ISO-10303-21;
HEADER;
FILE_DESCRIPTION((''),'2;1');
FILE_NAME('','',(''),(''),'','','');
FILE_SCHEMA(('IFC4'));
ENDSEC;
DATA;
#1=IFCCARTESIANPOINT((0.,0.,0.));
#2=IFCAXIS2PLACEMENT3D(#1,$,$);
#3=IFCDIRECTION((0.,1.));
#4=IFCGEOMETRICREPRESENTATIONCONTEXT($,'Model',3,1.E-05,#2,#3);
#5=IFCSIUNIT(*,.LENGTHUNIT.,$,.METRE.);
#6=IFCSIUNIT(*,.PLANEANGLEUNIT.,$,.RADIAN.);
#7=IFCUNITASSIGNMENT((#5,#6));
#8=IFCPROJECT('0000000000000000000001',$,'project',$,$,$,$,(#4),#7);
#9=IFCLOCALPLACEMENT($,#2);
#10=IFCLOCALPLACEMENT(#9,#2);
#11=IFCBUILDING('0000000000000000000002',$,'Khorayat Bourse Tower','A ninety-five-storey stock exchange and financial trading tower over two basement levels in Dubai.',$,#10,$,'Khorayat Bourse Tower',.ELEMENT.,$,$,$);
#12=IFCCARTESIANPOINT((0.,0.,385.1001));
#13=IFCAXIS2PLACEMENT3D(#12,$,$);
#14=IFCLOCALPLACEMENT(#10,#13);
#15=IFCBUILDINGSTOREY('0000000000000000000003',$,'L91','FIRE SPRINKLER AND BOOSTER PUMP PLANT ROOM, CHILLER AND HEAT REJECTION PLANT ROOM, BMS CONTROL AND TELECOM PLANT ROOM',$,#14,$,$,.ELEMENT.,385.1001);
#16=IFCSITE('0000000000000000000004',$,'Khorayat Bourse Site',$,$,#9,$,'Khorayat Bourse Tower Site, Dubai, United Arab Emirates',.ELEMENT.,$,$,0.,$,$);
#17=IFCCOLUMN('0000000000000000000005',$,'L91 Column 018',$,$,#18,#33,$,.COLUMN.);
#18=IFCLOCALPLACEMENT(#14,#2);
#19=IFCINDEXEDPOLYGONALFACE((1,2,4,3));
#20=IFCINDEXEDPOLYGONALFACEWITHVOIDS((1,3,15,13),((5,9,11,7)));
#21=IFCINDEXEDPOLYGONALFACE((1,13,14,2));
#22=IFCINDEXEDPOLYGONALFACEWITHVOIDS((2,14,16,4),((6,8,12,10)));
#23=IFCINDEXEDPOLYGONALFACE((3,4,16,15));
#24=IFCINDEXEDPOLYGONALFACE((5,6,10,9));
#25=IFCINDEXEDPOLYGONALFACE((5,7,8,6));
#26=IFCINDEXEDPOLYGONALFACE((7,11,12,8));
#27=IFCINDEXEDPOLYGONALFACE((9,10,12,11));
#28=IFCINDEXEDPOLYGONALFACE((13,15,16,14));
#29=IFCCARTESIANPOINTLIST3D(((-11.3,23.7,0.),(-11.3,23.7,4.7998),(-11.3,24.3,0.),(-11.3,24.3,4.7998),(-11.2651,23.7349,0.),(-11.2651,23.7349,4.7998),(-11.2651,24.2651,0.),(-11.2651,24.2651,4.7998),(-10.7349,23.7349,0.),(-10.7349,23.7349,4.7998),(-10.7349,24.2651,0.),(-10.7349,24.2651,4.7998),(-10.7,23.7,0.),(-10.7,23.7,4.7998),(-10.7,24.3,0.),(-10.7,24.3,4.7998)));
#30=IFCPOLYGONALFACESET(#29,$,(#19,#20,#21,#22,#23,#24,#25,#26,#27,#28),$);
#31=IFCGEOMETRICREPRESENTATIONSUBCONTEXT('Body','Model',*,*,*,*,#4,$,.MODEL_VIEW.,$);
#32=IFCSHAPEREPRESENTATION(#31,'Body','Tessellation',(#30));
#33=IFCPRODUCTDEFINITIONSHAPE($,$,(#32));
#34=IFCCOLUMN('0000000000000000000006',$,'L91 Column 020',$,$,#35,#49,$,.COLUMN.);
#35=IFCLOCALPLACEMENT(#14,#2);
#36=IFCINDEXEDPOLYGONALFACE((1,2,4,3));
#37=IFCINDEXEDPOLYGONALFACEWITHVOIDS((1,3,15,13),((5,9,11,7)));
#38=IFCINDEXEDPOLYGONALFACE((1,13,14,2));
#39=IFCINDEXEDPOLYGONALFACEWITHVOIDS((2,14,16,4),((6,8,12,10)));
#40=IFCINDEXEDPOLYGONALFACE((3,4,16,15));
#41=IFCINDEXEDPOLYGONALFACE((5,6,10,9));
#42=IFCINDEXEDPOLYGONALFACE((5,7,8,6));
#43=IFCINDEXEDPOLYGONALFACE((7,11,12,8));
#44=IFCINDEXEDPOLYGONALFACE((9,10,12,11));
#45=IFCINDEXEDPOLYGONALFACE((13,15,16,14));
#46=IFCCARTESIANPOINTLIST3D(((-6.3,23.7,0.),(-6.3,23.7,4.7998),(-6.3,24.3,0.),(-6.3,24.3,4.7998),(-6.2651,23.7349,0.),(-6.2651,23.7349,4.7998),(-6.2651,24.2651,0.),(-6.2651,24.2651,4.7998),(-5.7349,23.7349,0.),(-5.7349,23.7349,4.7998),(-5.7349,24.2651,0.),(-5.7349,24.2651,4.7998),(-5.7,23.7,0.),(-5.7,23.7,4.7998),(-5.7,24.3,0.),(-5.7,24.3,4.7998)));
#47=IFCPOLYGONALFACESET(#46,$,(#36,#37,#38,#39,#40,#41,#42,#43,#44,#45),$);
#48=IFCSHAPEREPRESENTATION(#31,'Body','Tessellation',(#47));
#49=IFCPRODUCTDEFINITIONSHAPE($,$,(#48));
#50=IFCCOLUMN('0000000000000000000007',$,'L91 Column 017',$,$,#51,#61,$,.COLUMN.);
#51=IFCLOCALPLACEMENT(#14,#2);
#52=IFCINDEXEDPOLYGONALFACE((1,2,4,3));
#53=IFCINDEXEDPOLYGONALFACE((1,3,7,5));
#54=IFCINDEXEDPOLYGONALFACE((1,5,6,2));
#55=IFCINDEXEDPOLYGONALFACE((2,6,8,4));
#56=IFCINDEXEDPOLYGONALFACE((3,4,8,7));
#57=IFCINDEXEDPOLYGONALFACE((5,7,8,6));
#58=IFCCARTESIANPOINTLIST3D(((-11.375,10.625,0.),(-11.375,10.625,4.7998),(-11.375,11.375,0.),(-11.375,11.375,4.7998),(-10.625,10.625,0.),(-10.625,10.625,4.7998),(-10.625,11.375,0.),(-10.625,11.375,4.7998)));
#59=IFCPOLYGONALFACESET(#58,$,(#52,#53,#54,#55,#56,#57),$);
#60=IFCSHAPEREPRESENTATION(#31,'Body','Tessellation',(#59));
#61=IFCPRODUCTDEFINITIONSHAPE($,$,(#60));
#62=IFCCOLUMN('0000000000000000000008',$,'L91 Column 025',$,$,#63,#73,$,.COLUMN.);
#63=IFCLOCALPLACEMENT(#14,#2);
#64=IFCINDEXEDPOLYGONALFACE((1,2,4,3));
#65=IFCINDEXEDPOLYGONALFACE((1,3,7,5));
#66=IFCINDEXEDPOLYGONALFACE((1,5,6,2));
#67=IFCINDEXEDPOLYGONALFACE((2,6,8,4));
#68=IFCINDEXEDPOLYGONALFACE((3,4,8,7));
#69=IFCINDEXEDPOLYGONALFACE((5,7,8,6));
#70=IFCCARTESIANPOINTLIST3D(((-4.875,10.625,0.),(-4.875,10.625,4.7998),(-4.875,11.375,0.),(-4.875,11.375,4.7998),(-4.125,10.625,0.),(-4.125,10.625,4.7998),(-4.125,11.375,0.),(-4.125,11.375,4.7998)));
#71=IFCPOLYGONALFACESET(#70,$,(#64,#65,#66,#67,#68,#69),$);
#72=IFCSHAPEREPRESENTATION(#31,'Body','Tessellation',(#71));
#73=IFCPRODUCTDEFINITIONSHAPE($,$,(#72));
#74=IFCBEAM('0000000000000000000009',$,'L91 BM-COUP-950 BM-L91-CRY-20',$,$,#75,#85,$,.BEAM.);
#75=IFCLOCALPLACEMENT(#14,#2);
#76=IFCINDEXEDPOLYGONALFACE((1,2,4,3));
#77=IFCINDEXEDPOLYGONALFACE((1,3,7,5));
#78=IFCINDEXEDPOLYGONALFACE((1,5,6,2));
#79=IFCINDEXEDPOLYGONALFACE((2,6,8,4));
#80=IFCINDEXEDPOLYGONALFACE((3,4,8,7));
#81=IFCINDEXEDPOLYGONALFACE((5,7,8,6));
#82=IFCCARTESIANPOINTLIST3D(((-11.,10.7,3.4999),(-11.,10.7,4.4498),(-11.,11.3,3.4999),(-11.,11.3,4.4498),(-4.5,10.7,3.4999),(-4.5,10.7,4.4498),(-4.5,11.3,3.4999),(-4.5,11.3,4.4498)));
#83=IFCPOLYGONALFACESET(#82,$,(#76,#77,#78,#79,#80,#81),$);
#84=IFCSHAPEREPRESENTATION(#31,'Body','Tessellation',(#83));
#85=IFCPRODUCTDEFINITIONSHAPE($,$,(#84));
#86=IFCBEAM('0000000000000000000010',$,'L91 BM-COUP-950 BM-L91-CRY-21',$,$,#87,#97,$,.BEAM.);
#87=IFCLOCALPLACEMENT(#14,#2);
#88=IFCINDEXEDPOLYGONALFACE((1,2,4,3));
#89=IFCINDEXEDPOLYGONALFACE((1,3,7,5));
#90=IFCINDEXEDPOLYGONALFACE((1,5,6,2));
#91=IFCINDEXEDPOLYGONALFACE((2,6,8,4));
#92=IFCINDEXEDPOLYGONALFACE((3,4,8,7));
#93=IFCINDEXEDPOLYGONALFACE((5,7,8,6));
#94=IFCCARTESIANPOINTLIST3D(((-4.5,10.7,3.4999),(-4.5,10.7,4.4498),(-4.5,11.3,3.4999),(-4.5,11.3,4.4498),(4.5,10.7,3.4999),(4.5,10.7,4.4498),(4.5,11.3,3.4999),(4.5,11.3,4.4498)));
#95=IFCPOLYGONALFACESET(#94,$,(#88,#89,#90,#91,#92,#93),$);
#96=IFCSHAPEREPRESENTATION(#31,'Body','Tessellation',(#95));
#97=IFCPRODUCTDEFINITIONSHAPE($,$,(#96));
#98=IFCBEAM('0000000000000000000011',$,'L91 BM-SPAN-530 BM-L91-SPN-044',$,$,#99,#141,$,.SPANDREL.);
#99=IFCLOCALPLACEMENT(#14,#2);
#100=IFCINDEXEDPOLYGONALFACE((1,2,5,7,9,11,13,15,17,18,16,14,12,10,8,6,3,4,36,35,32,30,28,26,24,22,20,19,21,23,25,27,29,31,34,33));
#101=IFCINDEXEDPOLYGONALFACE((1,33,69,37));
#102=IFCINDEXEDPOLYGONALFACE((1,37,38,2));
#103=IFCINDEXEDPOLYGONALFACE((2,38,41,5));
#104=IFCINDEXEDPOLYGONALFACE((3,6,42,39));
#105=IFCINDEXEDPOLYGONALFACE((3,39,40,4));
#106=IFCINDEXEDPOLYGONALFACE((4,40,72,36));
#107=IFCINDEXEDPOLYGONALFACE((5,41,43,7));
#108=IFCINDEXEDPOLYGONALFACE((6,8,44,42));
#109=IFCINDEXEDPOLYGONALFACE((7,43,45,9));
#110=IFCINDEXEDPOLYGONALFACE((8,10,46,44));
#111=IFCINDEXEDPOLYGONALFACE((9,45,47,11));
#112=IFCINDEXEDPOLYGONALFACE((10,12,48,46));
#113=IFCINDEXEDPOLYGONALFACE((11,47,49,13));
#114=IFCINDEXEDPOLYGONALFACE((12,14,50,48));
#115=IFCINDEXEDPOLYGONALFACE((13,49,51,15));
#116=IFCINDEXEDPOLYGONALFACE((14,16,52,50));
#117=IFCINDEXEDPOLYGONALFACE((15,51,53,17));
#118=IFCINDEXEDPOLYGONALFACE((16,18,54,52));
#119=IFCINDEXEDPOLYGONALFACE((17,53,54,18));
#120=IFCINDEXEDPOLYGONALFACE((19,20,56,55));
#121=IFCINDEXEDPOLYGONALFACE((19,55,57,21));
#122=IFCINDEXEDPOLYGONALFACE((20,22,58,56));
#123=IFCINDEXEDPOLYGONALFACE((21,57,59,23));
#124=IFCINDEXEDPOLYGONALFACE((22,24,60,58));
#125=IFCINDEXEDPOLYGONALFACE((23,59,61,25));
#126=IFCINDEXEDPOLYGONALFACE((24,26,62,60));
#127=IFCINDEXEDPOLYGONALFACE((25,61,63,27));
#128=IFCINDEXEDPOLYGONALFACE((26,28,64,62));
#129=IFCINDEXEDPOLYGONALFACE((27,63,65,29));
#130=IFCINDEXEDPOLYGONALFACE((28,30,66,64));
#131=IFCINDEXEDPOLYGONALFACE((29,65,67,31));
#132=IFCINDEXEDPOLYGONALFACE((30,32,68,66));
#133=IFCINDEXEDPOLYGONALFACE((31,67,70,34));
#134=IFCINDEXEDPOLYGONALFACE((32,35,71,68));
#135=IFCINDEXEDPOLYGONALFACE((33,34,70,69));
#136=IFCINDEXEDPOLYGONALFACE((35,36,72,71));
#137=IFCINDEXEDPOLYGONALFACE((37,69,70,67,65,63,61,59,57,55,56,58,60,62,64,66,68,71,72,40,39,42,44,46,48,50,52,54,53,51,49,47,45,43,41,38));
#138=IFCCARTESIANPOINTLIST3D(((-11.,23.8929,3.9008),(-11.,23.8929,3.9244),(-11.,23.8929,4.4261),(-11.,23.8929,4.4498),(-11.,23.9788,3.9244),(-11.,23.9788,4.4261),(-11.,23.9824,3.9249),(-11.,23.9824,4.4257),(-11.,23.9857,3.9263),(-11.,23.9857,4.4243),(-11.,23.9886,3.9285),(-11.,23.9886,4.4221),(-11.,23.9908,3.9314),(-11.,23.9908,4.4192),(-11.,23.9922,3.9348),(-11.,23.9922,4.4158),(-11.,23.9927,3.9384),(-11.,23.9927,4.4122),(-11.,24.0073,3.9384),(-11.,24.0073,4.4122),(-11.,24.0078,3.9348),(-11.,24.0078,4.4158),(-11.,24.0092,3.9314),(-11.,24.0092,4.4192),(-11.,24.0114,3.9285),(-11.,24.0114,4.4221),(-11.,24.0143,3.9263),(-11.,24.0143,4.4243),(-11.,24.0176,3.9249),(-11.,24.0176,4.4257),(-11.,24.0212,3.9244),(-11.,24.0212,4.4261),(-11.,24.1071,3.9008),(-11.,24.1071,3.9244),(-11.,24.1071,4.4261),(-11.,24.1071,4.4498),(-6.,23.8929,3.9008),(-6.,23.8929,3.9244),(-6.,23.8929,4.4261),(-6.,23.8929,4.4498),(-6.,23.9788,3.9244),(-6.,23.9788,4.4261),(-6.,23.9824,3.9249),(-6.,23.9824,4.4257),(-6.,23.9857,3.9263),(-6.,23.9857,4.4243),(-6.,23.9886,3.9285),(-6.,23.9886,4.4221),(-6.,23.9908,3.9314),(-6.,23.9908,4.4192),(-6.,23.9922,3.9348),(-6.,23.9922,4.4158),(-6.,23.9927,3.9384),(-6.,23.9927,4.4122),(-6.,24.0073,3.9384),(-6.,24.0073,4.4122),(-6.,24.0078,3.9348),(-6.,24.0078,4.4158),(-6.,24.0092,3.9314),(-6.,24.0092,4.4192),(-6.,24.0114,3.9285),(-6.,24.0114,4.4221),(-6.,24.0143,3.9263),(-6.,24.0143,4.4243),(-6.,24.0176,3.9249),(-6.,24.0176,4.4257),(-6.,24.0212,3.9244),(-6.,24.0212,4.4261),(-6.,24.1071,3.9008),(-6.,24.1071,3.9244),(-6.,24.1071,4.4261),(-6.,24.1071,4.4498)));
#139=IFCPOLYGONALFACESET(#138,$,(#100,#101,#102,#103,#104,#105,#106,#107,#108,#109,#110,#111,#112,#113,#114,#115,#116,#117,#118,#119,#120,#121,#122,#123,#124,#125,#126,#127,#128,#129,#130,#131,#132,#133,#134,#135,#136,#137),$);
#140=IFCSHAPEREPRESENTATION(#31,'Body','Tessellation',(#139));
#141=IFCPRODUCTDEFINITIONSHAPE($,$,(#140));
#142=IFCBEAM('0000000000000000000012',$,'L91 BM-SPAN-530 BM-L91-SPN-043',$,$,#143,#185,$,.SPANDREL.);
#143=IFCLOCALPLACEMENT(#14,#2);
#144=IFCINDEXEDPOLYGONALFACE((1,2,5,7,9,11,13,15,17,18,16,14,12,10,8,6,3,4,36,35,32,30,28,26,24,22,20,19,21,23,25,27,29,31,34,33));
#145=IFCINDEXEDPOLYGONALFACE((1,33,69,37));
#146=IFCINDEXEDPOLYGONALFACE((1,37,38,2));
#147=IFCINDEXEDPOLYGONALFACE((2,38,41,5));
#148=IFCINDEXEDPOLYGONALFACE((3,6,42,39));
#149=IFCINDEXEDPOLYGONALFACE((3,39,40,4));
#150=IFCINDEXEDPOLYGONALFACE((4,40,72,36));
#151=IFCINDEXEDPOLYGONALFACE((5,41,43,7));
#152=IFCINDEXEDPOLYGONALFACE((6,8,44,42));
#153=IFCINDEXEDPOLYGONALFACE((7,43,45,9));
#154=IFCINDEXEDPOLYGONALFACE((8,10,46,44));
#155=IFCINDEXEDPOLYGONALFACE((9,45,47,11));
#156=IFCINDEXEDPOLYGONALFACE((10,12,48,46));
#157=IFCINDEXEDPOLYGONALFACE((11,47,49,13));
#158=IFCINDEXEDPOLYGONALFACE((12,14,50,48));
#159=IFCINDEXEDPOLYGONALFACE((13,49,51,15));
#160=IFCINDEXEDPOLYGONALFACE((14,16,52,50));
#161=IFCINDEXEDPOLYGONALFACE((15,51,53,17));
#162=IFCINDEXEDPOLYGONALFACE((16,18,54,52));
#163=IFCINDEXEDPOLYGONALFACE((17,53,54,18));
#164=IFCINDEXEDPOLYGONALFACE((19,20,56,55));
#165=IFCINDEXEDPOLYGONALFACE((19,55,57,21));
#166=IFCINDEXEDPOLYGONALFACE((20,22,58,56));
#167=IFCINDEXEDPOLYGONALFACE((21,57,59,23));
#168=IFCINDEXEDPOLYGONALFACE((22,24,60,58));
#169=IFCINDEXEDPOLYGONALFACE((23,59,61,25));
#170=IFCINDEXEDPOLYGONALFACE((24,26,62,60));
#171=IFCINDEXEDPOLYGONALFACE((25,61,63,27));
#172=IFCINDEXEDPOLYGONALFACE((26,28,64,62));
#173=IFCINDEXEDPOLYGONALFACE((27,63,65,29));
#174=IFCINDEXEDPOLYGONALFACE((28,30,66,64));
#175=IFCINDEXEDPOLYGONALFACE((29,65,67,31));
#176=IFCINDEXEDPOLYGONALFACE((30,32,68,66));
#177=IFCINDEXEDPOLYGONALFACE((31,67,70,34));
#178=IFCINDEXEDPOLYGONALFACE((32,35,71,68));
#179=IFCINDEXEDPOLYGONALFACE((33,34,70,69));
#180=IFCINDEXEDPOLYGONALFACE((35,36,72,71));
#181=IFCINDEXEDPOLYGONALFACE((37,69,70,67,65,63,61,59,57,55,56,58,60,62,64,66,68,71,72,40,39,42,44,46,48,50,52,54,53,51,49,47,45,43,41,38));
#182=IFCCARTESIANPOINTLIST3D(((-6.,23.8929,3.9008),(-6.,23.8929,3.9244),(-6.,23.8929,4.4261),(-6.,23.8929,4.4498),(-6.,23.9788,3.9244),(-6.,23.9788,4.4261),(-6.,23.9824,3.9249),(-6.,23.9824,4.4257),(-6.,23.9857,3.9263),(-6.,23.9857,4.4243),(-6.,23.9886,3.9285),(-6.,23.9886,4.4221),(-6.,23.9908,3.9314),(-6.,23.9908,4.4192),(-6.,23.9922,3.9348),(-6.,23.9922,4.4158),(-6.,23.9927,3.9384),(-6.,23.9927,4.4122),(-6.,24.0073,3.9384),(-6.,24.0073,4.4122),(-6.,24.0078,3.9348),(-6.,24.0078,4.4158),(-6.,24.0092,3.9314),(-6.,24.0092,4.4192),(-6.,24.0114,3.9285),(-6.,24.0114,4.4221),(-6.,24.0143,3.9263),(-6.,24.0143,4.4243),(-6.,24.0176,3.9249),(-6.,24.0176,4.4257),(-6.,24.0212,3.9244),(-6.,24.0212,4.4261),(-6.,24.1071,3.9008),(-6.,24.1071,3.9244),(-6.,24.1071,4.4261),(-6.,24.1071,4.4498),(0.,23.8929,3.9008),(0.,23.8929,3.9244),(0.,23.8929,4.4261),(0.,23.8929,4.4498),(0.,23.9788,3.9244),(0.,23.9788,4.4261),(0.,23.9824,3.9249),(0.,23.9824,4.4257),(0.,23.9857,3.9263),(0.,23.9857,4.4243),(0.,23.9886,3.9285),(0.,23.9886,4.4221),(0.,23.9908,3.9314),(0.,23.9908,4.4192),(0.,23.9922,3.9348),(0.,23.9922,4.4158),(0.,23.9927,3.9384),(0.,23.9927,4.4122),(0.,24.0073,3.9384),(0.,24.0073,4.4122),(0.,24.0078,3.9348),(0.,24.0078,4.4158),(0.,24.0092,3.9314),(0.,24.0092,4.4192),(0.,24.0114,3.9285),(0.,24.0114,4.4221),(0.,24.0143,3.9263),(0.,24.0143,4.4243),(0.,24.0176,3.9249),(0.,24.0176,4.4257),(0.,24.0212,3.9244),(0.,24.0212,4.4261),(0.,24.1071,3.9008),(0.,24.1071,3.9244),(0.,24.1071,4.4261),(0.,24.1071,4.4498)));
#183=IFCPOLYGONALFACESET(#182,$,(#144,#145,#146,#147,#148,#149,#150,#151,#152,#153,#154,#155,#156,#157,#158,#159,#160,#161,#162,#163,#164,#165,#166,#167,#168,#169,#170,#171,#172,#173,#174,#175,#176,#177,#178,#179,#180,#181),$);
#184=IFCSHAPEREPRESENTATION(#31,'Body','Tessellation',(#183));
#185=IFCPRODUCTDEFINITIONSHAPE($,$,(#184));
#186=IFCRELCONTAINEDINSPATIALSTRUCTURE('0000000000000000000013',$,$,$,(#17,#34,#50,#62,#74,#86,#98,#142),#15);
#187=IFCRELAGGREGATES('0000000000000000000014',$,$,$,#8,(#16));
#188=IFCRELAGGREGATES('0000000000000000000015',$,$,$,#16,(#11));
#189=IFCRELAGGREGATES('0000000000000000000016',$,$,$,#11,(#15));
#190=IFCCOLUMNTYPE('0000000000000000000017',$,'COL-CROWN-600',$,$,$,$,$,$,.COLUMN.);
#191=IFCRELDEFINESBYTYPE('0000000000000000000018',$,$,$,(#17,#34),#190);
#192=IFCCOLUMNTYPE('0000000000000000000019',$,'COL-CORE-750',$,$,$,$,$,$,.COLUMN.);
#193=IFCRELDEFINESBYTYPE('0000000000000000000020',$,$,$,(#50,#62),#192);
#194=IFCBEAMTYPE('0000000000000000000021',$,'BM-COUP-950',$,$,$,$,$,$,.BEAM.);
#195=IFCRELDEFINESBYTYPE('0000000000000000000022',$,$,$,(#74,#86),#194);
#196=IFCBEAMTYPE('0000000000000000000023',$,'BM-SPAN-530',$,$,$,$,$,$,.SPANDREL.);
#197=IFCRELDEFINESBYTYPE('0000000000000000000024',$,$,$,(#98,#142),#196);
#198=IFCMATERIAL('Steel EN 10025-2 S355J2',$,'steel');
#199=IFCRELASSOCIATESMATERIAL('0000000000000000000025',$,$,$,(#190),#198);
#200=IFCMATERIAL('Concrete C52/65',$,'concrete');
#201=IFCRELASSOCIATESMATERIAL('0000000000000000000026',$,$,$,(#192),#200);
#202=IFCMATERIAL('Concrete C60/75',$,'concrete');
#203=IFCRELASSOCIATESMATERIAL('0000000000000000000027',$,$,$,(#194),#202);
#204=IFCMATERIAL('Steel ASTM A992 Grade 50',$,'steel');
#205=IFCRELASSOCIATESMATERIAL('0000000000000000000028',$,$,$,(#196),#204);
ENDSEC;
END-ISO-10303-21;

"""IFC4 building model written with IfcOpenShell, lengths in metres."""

from ifc_helpers import new_model, si_unit, direction, frame, origin, origin_2d, place, context, subcontext, project, spatial, rectangle, hollow_rectangle, i_section, extrude, source, transform, mapped, material, material_profile, profile_set, type_object, element, save


model = new_model("IFC4")

# Units and contexts
model_context = context("Model", 3, precision=1e-05, world=origin(), true_north=direction((0.0, 1.0)))
body_context = subcontext(model_context, "Body", "Model", "MODEL_VIEW")
ifc_project = project(units=[si_unit("LENGTHUNIT", "METRE"), si_unit("PLANEANGLEUNIT", "RADIAN")], contexts=[model_context])

# Site, building, storey
site_placement = place(None, origin())
site = spatial("IfcSite", under=ifc_project, at=site_placement, Name="Khorayat Bourse Site", LongName="Khorayat Bourse Tower Site, Dubai, United Arab Emirates", CompositionType="ELEMENT", RefElevation=0.0)
building_placement = place(site_placement, origin())
building = spatial("IfcBuilding", under=site, at=building_placement, Name="Khorayat Bourse Tower", Description="A ninety-five-storey stock exchange and financial trading tower over two basement levels in Dubai.", LongName="Khorayat Bourse Tower", CompositionType="ELEMENT")
storey_placement = place(building_placement, frame((0.0, 0.0, 385.1001)))
storey = spatial("IfcBuildingStorey", under=building, at=storey_placement, Name="L91", Description="FIRE SPRINKLER AND BOOSTER PUMP PLANT ROOM, CHILLER AND HEAT REJECTION PLANT ROOM, BMS CONTROL AND TELECOM PLANT ROOM", CompositionType="ELEMENT", Elevation=385.1001)

# Columns
ifc_material_1 = material(Name="Steel EN 10025-2 S355J2", Category="steel")
ifc_material_profile_1 = material_profile(ifc_material_1, hollow_rectangle(XDim=0.6001, YDim=0.6001, WallThickness=0.0349, at=origin_2d()), Name="BOX 600x600x35")
ifc_profile_set_1 = profile_set([ifc_material_profile_1], Name="Steel EN 10025-2 S355J2")
column_type_1 = type_object("IfcColumnType", Name="COL-CROWN-600", PredefinedType="COLUMN", material=ifc_profile_set_1)
shared_shape_1 = source(origin(), body_context, "Body", "SweptSolid", [
    extrude(hollow_rectangle(XDim=0.6001, YDim=0.6001, WallThickness=0.0349, at=origin_2d()), origin(), (0.0, 0.0, 1.0), 4.7998),
])
for number, where, z_axis, x_axis, name in (
    (1, (-11.0, 24.0, 0.0), (0.0, 0.0, 1.0), (1.0, 0.0, 0.0), "L91 Column 018"),
    (2, (-6.0, 24.0, 0.0), (0.0, 0.0, 1.0), (1.0, 0.0, 0.0), "L91 Column 020"),
):
    element("IfcColumn", number, at=place(storey_placement, frame(where, z_axis=z_axis, x_axis=x_axis)), inside=storey, type_object=column_type_1, Name=name, PredefinedType="COLUMN", context=body_context, shape_type="MappedRepresentation", body=[
        mapped(shared_shape_1, transform((0.0, 0.0, 0.0), scale=1.0)),
    ])
ifc_material_2 = material(Name="Concrete C52/65", Category="concrete")
ifc_material_profile_2 = material_profile(ifc_material_2, rectangle(XDim=0.75, YDim=0.75, at=origin_2d()), Name="RC 750x750")
ifc_profile_set_2 = profile_set([ifc_material_profile_2], Name="Concrete C52/65")
column_type_2 = type_object("IfcColumnType", Name="COL-CORE-750", PredefinedType="COLUMN", material=ifc_profile_set_2)
shared_shape_2 = source(origin(), body_context, "Body", "SweptSolid", [
    extrude(rectangle(XDim=0.75, YDim=0.75, at=origin_2d()), origin(), (0.0, 0.0, 1.0), 4.7998),
])
for number, where, z_axis, x_axis, name in (
    (3, (-11.0, 11.0, 0.0), (0.0, 0.0, 1.0), (1.0, 0.0, 0.0), "L91 Column 017"),
    (4, (-4.5, 11.0, 0.0), (0.0, 0.0, 1.0), (1.0, 0.0, 0.0), "L91 Column 025"),
):
    element("IfcColumn", number, at=place(storey_placement, frame(where, z_axis=z_axis, x_axis=x_axis)), inside=storey, type_object=column_type_2, Name=name, PredefinedType="COLUMN", context=body_context, shape_type="MappedRepresentation", body=[
        mapped(shared_shape_2, transform((0.0, 0.0, 0.0), scale=1.0)),
    ])

# Beams
ifc_material_3 = material(Name="Concrete C60/75", Category="concrete")
ifc_material_profile_3 = material_profile(ifc_material_3, rectangle(XDim=0.6001, YDim=0.95, at=origin_2d()), Name="RC 600x950")
ifc_profile_set_3 = profile_set([ifc_material_profile_3], Name="Concrete C60/75")
beam_type_1 = type_object("IfcBeamType", Name="BM-COUP-950", PredefinedType="BEAM", material=ifc_profile_set_3)
shared_shape_3 = source(origin(), body_context, "Body", "SweptSolid", [
    extrude(rectangle(XDim=0.6001, YDim=0.95, at=origin_2d()), origin(), (0.0, 0.0, 1.0), 6.5),
])
beam_1_placement = place(storey_placement, frame((-11.0, 11.0, 3.9749), z_axis=(1.0, 0.0, 0.0), x_axis=(0.0, 1.0, 0.0)))
element("IfcBeam", 5, at=beam_1_placement, inside=storey, type_object=beam_type_1, Name="L91 BM-COUP-950 BM-L91-CRY-20", PredefinedType="BEAM", context=body_context, shape_type="MappedRepresentation", body=[
    mapped(shared_shape_3, transform((0.0, 0.0, 0.0), scale=1.0)),
])
shared_shape_4 = source(origin(), body_context, "Body", "SweptSolid", [
    extrude(rectangle(XDim=0.6001, YDim=0.95, at=origin_2d()), origin(), (0.0, 0.0, 1.0), 9.0),
])
beam_2_placement = place(storey_placement, frame((-4.5, 11.0, 3.9749), z_axis=(1.0, 0.0, 0.0), x_axis=(0.0, 1.0, 0.0)))
element("IfcBeam", 6, at=beam_2_placement, inside=storey, type_object=beam_type_1, Name="L91 BM-COUP-950 BM-L91-CRY-21", PredefinedType="BEAM", context=body_context, shape_type="MappedRepresentation", body=[
    mapped(shared_shape_4, transform((0.0, 0.0, 0.0), scale=1.0)),
])
ifc_material_4 = material(Name="Steel ASTM A992 Grade 50", Category="steel")
ifc_material_profile_4 = material_profile(ifc_material_4, i_section(OverallWidth=0.2141, OverallDepth=0.5491, WebThickness=0.0146, FlangeThickness=0.0237, FilletRadius=0.0139, at=origin_2d()), Name="W530X138")
ifc_profile_set_4 = profile_set([ifc_material_profile_4], Name="Steel ASTM A992 Grade 50")
beam_type_2 = type_object("IfcBeamType", Name="BM-SPAN-530", PredefinedType="SPANDREL", material=ifc_profile_set_4)
shared_shape_5 = source(origin(), body_context, "Body", "SweptSolid", [
    extrude(i_section(OverallWidth=0.2141, OverallDepth=0.5491, WebThickness=0.0146, FlangeThickness=0.0237, FilletRadius=0.0139, at=origin_2d()), origin(), (0.0, 0.0, 1.0), 5.0),
])
beam_3_placement = place(storey_placement, frame((-11.0, 24.0, 4.1753), z_axis=(1.0, 0.0, 0.0), x_axis=(0.0, 1.0, 0.0)))
element("IfcBeam", 7, at=beam_3_placement, inside=storey, type_object=beam_type_2, Name="L91 BM-SPAN-530 BM-L91-SPN-044", PredefinedType="SPANDREL", context=body_context, shape_type="MappedRepresentation", body=[
    mapped(shared_shape_5, transform((0.0, 0.0, 0.0), scale=1.0)),
])
shared_shape_6 = source(origin(), body_context, "Body", "SweptSolid", [
    extrude(i_section(OverallWidth=0.2141, OverallDepth=0.5491, WebThickness=0.0146, FlangeThickness=0.0237, FilletRadius=0.0139, at=origin_2d()), origin(), (0.0, 0.0, 1.0), 6.0),
])
beam_4_placement = place(storey_placement, frame((-6.0, 24.0, 4.1753), z_axis=(1.0, 0.0, 0.0), x_axis=(0.0, 1.0, 0.0)))
element("IfcBeam", 8, at=beam_4_placement, inside=storey, type_object=beam_type_2, Name="L91 BM-SPAN-530 BM-L91-SPN-043", PredefinedType="SPANDREL", context=body_context, shape_type="MappedRepresentation", body=[
    mapped(shared_shape_6, transform((0.0, 0.0, 0.0), scale=1.0)),
])

save(model, "model.ifc")
